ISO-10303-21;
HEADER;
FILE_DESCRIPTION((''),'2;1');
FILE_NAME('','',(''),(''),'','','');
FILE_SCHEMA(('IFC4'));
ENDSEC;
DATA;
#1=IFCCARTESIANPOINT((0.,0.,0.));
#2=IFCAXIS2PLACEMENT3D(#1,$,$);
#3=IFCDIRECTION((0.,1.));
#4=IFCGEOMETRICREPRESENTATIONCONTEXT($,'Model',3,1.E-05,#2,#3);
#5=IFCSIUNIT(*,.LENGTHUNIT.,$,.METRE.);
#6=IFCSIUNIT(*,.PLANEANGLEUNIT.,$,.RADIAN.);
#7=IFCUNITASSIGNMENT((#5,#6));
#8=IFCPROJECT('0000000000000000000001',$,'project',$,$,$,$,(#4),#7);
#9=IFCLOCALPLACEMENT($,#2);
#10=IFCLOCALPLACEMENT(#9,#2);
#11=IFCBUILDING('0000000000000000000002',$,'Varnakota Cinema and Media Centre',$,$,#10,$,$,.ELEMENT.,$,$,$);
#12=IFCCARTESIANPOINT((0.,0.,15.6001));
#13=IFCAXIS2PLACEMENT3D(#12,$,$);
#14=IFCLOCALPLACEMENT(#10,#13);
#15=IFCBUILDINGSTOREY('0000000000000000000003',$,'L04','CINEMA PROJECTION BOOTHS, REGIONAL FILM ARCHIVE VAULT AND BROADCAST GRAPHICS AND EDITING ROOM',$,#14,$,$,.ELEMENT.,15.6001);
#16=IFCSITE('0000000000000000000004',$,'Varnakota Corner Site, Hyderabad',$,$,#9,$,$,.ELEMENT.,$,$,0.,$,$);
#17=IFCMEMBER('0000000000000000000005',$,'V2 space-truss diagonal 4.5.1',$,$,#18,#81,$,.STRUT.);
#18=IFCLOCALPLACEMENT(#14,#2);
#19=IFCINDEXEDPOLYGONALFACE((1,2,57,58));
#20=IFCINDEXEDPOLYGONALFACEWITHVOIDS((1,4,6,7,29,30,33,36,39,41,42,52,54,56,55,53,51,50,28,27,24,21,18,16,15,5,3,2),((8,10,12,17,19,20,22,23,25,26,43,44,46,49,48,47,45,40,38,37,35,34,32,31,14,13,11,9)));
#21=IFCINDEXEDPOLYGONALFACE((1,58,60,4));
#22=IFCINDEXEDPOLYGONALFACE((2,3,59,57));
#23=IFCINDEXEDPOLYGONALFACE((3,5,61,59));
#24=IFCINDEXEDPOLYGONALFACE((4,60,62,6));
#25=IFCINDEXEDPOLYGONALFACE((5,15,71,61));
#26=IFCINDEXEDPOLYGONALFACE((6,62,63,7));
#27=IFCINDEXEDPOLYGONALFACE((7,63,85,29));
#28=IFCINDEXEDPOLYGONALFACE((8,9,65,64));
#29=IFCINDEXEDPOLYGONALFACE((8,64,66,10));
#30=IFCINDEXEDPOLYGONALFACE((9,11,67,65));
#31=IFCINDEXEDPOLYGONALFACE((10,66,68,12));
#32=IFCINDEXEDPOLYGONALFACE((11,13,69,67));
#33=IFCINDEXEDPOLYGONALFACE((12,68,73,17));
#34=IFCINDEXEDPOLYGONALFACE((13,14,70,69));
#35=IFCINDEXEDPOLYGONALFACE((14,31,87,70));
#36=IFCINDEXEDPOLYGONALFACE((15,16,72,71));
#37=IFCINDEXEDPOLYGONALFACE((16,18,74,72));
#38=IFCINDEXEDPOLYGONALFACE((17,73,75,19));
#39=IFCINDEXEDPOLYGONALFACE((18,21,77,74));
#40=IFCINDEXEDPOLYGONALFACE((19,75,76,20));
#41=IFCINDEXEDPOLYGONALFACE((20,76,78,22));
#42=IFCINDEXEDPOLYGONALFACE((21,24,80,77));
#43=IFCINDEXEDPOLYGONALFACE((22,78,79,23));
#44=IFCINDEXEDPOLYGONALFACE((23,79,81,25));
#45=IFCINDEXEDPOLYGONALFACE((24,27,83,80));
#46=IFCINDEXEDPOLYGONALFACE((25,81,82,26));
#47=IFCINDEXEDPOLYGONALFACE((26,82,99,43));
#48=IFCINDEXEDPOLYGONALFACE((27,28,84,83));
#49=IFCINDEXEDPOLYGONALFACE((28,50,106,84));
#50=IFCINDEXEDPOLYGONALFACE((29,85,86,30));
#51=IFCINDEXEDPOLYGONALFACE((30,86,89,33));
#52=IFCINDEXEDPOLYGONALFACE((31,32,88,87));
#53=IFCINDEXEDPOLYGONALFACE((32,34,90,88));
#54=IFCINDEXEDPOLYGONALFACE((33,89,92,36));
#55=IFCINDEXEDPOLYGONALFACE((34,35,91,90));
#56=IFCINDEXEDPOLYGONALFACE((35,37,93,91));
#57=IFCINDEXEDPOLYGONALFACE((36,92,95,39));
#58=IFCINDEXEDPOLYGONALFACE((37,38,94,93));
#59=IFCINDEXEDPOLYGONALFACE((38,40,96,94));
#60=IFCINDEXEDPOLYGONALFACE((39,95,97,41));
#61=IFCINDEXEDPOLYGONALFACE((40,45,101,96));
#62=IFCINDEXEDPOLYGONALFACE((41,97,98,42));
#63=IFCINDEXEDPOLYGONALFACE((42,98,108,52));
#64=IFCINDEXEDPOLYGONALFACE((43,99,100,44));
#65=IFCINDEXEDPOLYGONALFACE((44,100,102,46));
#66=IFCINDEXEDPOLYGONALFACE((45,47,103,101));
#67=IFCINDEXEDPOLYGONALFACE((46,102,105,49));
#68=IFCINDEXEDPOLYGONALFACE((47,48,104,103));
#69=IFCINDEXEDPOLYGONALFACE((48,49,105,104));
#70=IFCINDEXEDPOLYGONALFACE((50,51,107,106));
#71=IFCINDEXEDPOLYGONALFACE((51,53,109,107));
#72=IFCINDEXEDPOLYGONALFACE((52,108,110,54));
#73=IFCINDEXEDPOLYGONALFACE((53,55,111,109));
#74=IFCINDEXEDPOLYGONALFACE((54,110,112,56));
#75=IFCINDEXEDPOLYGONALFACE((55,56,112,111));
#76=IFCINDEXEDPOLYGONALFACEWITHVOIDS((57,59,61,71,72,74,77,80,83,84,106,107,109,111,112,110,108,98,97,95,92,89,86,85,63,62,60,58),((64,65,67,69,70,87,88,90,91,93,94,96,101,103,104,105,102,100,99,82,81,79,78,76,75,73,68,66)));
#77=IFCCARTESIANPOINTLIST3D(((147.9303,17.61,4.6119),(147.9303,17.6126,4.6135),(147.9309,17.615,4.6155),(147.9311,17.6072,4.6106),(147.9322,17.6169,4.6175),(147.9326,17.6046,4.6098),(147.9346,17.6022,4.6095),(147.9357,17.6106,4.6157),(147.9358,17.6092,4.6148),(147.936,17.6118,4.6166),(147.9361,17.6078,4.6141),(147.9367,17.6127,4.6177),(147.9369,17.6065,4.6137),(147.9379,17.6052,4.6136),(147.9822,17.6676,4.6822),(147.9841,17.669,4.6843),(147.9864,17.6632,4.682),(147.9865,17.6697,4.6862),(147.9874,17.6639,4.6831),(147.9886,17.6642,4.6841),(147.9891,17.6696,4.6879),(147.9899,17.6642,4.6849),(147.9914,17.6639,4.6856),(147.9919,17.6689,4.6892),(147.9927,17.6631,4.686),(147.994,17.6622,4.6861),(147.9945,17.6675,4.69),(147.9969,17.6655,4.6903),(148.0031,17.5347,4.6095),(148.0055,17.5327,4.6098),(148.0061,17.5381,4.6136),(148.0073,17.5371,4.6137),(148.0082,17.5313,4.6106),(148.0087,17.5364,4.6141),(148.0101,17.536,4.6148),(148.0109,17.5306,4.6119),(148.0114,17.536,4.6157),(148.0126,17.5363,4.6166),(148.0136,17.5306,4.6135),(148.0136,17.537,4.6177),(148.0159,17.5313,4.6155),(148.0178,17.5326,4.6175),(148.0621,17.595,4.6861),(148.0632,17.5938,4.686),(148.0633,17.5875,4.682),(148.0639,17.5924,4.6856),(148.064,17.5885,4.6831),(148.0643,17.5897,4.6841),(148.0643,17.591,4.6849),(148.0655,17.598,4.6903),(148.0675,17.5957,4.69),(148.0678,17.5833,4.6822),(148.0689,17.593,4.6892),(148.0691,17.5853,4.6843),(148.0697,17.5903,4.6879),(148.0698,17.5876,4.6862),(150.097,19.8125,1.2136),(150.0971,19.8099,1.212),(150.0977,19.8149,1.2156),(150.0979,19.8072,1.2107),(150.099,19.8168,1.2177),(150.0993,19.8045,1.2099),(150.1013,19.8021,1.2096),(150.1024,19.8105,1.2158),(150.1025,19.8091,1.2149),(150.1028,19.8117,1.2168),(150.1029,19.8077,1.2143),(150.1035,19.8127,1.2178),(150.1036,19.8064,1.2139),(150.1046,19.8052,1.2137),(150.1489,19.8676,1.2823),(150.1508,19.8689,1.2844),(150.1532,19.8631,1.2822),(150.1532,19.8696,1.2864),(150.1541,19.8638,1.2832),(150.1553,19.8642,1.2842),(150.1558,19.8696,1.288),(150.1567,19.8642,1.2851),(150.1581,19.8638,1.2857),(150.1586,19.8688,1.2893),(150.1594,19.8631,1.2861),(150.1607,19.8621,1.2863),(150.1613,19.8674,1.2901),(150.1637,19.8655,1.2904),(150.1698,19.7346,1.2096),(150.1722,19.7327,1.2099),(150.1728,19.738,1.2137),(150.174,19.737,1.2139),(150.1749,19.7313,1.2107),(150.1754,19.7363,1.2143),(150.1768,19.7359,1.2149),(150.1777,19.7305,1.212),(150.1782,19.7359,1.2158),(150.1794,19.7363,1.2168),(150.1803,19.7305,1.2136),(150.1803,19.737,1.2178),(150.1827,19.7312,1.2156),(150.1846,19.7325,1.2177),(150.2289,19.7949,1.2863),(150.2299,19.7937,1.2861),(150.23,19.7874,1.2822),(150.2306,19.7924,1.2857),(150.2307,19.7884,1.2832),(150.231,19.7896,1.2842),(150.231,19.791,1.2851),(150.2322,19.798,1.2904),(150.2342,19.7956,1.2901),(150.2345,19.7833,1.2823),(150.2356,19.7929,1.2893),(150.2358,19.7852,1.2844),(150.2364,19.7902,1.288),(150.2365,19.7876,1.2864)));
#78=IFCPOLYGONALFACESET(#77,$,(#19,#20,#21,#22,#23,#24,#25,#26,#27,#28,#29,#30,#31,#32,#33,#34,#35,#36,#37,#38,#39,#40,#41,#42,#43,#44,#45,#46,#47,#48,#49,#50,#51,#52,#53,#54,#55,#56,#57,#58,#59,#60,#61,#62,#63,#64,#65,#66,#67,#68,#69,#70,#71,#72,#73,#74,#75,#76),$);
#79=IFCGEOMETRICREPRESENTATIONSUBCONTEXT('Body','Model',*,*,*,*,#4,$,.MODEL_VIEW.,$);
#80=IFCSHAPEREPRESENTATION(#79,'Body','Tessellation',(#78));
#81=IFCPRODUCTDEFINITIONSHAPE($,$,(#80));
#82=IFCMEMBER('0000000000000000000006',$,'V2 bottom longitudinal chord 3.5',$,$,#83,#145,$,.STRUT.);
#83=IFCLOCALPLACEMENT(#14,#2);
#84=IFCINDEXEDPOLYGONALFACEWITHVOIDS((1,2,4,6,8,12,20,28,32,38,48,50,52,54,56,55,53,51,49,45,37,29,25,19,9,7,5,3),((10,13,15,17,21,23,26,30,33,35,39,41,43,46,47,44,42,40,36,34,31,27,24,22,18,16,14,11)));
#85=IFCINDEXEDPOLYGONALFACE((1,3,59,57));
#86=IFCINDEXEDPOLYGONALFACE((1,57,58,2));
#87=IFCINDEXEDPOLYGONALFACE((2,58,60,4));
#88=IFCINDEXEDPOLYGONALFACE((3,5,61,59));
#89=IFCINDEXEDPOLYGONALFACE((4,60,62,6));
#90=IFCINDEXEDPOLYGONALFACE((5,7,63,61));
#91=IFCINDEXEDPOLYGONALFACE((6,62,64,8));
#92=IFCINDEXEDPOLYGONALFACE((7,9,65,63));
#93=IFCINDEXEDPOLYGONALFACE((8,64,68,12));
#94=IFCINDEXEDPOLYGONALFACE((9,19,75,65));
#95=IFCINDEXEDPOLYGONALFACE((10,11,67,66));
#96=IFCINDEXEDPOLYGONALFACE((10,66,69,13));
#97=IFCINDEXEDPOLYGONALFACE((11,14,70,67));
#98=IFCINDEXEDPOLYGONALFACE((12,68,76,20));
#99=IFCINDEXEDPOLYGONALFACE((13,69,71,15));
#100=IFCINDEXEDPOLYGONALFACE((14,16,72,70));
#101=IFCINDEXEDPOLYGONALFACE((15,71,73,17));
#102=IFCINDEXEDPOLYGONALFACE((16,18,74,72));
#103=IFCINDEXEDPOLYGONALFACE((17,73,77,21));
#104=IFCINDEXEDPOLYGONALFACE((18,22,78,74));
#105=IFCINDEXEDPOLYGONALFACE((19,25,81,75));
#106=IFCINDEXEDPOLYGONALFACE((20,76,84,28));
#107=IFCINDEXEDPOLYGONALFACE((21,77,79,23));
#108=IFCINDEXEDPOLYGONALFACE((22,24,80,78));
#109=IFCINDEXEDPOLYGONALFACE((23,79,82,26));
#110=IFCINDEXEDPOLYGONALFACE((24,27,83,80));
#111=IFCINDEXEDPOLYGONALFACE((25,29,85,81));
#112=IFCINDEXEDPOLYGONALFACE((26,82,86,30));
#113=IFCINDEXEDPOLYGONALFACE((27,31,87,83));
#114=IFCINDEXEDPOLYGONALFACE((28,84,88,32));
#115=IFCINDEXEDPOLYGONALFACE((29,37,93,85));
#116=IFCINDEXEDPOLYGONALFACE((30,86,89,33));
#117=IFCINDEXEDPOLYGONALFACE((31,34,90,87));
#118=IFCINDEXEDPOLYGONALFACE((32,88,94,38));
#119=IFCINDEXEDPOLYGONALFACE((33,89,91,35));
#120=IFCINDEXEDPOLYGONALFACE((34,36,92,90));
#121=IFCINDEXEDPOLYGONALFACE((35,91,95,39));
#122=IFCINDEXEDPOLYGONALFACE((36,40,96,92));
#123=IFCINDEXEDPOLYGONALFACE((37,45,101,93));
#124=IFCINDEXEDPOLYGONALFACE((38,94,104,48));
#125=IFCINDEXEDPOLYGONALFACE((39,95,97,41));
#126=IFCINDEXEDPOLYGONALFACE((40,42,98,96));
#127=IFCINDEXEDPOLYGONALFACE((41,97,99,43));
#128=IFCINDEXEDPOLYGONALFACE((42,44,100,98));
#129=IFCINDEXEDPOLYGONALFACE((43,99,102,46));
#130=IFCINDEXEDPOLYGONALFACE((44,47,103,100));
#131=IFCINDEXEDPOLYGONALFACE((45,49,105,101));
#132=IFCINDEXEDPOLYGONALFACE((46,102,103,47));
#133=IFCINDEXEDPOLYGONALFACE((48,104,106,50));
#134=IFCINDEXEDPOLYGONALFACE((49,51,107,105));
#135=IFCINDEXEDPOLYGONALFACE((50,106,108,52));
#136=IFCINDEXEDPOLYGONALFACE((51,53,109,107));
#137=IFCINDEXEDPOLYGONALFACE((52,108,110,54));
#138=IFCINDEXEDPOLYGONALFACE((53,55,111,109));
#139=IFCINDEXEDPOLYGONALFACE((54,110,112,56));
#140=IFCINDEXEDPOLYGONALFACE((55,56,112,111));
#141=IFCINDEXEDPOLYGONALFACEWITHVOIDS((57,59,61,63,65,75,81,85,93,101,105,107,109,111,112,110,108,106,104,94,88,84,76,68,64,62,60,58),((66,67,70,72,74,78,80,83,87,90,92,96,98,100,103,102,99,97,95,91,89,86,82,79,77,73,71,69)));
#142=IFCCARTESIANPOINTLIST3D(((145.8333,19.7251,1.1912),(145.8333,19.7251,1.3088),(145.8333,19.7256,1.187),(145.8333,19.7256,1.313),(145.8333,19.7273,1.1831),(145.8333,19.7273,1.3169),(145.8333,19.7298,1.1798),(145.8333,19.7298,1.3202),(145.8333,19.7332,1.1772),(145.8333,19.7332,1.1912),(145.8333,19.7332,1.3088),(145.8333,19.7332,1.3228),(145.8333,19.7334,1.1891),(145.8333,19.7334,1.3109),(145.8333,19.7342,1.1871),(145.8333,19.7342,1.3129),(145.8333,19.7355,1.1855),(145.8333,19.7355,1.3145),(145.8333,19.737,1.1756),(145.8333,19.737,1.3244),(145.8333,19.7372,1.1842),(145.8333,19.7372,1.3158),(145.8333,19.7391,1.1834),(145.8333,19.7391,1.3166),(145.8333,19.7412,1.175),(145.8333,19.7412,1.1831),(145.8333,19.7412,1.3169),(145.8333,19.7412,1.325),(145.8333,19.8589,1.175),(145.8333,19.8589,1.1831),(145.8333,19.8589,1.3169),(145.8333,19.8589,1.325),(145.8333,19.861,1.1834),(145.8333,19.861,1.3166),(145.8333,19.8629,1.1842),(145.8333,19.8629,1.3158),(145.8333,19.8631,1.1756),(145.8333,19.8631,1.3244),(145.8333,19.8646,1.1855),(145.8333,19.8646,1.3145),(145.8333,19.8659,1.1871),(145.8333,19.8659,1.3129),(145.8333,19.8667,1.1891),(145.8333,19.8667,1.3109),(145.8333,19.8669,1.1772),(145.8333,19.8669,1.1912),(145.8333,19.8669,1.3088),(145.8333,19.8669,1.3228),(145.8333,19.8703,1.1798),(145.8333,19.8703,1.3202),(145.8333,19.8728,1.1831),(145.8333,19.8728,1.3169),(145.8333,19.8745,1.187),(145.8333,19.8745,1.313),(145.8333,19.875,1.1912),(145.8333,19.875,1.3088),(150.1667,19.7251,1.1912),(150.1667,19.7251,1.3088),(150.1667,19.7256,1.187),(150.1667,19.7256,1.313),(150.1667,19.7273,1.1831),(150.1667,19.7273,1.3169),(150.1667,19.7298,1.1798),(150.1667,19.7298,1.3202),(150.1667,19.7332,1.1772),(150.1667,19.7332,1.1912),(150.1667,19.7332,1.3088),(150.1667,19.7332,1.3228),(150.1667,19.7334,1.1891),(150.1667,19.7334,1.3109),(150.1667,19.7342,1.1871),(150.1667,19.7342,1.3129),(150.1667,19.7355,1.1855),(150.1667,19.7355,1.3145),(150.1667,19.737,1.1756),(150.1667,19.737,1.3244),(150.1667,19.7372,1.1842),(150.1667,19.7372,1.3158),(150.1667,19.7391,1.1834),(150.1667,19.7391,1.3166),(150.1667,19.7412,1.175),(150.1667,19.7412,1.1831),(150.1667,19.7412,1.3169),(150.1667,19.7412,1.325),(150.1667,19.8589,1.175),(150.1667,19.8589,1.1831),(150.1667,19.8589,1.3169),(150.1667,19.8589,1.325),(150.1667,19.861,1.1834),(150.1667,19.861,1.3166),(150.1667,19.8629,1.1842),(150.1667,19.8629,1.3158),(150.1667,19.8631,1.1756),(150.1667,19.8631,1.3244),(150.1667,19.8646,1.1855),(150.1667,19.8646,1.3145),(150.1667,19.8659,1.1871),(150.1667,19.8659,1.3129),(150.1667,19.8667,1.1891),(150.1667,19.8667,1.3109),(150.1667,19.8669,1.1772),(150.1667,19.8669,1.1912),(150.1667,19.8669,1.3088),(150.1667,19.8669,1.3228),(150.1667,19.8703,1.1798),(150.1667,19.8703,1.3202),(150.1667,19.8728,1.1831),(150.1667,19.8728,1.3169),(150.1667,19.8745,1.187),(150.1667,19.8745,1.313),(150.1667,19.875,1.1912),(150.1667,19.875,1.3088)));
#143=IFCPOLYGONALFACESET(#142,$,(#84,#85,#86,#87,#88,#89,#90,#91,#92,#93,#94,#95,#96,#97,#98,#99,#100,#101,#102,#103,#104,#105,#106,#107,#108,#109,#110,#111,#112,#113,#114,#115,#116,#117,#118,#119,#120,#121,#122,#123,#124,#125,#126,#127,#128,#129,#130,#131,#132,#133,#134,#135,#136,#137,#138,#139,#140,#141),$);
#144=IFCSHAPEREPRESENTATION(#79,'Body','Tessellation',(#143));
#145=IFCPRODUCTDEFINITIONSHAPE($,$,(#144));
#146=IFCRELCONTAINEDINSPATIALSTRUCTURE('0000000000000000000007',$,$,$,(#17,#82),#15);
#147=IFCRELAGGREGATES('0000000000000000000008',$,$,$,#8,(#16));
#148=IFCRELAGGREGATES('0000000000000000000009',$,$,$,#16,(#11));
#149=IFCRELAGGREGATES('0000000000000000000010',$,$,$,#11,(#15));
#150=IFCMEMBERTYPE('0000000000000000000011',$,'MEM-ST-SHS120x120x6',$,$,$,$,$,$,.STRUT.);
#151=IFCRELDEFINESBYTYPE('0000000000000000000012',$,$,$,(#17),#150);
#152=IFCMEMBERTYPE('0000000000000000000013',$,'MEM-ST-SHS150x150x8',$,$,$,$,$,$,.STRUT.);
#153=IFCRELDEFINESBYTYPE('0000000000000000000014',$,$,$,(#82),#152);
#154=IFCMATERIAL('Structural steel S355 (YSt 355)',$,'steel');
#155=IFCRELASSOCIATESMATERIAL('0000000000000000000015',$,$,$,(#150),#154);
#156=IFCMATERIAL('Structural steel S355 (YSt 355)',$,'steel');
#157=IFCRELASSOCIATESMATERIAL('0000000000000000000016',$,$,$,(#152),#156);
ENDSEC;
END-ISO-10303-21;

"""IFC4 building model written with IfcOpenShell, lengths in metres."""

from ifc_helpers import new_model, si_unit, direction, frame, origin, origin_2d, place, context, subcontext, project, spatial, hollow_rectangle, extrude, material, material_profile, profile_set, type_object, element, save


model = new_model("IFC4")

# Units and contexts
model_context = context("Model", 3, precision=1e-05, world=origin(), true_north=direction((0.0, 1.0)))
body_context = subcontext(model_context, "Body", "Model", "MODEL_VIEW")
ifc_project = project(units=[si_unit("LENGTHUNIT", "METRE"), si_unit("PLANEANGLEUNIT", "RADIAN")], contexts=[model_context])

# Site, building, storey
site_placement = place(None, origin())
site = spatial("IfcSite", under=ifc_project, at=site_placement, Name="Varnakota Corner Site, Hyderabad", CompositionType="ELEMENT", RefElevation=0.0)
building_placement = place(site_placement, origin())
building = spatial("IfcBuilding", under=site, at=building_placement, Name="Varnakota Cinema and Media Centre", CompositionType="ELEMENT")
storey_placement = place(building_placement, frame((0.0, 0.0, 15.6001)))
storey = spatial("IfcBuildingStorey", under=building, at=storey_placement, Name="L04", Description="CINEMA PROJECTION BOOTHS, REGIONAL FILM ARCHIVE VAULT AND BROADCAST GRAPHICS AND EDITING ROOM", CompositionType="ELEMENT", Elevation=15.6001)

# Members
ifc_material_1 = material(Name="Structural steel S355 (YSt 355)", Category="steel")
ifc_material_profile_1 = material_profile(ifc_material_1, hollow_rectangle(XDim=0.1201, YDim=0.1201, WallThickness=0.0061, InnerFilletRadius=0.0061, OuterFilletRadius=0.012, at=origin_2d()), Name="SHS 120x120x6")
ifc_profile_set_1 = profile_set([ifc_material_profile_1], Name="Structural steel S355 (YSt 355)")
member_type_1 = type_object("IfcMemberType", Name="MEM-ST-SHS120x120x6", PredefinedType="STRUT", material=ifc_profile_set_1)
member_1_placement = place(storey_placement, frame((150.1667, 19.8, 1.25), z_axis=(-0.471769, -0.478999, 0.740266), x_axis=(0.712463, -0.70171, 0.0)))
element("IfcMember", 1, at=member_1_placement, inside=storey, type_object=member_type_1, Name="V2 space-truss diagonal 4.5.1", PredefinedType="STRUT", context=body_context, shape_type="SweptSolid", body=[
    extrude(hollow_rectangle(XDim=0.1201, YDim=0.1201, WallThickness=0.0061, InnerFilletRadius=0.0061, OuterFilletRadius=0.012, at=origin_2d()), origin(), (0.0, 0.0, 1.0), 4.5928),
])
ifc_material_2 = material(Name="Structural steel S355 (YSt 355)", Category="steel")
ifc_material_profile_2 = material_profile(ifc_material_2, hollow_rectangle(XDim=0.1499, YDim=0.1499, WallThickness=0.0081, InnerFilletRadius=0.0081, OuterFilletRadius=0.0161, at=origin_2d()), Name="SHS 150x150x8")
ifc_profile_set_2 = profile_set([ifc_material_profile_2], Name="Structural steel S355 (YSt 355)")
member_type_2 = type_object("IfcMemberType", Name="MEM-ST-SHS150x150x8", PredefinedType="STRUT", material=ifc_profile_set_2)
for number, where, z_axis, x_axis, name in (
    (2, (145.8333, 19.8, 1.25), (1.0, 0.0, 0.0), (0.0, 1.0, 0.0), "V2 bottom longitudinal chord 3.5"),
):
    element("IfcMember", number, at=place(storey_placement, frame(where, z_axis=z_axis, x_axis=x_axis)), inside=storey, type_object=member_type_2, Name=name, PredefinedType="STRUT", context=body_context, shape_type="SweptSolid", body=[
        extrude(hollow_rectangle(XDim=0.1499, YDim=0.1499, WallThickness=0.0081, InnerFilletRadius=0.0081, OuterFilletRadius=0.0161, at=origin_2d()), origin(), (0.0, 0.0, 1.0), 4.3335),
    ])

save(model, "model.ifc")
